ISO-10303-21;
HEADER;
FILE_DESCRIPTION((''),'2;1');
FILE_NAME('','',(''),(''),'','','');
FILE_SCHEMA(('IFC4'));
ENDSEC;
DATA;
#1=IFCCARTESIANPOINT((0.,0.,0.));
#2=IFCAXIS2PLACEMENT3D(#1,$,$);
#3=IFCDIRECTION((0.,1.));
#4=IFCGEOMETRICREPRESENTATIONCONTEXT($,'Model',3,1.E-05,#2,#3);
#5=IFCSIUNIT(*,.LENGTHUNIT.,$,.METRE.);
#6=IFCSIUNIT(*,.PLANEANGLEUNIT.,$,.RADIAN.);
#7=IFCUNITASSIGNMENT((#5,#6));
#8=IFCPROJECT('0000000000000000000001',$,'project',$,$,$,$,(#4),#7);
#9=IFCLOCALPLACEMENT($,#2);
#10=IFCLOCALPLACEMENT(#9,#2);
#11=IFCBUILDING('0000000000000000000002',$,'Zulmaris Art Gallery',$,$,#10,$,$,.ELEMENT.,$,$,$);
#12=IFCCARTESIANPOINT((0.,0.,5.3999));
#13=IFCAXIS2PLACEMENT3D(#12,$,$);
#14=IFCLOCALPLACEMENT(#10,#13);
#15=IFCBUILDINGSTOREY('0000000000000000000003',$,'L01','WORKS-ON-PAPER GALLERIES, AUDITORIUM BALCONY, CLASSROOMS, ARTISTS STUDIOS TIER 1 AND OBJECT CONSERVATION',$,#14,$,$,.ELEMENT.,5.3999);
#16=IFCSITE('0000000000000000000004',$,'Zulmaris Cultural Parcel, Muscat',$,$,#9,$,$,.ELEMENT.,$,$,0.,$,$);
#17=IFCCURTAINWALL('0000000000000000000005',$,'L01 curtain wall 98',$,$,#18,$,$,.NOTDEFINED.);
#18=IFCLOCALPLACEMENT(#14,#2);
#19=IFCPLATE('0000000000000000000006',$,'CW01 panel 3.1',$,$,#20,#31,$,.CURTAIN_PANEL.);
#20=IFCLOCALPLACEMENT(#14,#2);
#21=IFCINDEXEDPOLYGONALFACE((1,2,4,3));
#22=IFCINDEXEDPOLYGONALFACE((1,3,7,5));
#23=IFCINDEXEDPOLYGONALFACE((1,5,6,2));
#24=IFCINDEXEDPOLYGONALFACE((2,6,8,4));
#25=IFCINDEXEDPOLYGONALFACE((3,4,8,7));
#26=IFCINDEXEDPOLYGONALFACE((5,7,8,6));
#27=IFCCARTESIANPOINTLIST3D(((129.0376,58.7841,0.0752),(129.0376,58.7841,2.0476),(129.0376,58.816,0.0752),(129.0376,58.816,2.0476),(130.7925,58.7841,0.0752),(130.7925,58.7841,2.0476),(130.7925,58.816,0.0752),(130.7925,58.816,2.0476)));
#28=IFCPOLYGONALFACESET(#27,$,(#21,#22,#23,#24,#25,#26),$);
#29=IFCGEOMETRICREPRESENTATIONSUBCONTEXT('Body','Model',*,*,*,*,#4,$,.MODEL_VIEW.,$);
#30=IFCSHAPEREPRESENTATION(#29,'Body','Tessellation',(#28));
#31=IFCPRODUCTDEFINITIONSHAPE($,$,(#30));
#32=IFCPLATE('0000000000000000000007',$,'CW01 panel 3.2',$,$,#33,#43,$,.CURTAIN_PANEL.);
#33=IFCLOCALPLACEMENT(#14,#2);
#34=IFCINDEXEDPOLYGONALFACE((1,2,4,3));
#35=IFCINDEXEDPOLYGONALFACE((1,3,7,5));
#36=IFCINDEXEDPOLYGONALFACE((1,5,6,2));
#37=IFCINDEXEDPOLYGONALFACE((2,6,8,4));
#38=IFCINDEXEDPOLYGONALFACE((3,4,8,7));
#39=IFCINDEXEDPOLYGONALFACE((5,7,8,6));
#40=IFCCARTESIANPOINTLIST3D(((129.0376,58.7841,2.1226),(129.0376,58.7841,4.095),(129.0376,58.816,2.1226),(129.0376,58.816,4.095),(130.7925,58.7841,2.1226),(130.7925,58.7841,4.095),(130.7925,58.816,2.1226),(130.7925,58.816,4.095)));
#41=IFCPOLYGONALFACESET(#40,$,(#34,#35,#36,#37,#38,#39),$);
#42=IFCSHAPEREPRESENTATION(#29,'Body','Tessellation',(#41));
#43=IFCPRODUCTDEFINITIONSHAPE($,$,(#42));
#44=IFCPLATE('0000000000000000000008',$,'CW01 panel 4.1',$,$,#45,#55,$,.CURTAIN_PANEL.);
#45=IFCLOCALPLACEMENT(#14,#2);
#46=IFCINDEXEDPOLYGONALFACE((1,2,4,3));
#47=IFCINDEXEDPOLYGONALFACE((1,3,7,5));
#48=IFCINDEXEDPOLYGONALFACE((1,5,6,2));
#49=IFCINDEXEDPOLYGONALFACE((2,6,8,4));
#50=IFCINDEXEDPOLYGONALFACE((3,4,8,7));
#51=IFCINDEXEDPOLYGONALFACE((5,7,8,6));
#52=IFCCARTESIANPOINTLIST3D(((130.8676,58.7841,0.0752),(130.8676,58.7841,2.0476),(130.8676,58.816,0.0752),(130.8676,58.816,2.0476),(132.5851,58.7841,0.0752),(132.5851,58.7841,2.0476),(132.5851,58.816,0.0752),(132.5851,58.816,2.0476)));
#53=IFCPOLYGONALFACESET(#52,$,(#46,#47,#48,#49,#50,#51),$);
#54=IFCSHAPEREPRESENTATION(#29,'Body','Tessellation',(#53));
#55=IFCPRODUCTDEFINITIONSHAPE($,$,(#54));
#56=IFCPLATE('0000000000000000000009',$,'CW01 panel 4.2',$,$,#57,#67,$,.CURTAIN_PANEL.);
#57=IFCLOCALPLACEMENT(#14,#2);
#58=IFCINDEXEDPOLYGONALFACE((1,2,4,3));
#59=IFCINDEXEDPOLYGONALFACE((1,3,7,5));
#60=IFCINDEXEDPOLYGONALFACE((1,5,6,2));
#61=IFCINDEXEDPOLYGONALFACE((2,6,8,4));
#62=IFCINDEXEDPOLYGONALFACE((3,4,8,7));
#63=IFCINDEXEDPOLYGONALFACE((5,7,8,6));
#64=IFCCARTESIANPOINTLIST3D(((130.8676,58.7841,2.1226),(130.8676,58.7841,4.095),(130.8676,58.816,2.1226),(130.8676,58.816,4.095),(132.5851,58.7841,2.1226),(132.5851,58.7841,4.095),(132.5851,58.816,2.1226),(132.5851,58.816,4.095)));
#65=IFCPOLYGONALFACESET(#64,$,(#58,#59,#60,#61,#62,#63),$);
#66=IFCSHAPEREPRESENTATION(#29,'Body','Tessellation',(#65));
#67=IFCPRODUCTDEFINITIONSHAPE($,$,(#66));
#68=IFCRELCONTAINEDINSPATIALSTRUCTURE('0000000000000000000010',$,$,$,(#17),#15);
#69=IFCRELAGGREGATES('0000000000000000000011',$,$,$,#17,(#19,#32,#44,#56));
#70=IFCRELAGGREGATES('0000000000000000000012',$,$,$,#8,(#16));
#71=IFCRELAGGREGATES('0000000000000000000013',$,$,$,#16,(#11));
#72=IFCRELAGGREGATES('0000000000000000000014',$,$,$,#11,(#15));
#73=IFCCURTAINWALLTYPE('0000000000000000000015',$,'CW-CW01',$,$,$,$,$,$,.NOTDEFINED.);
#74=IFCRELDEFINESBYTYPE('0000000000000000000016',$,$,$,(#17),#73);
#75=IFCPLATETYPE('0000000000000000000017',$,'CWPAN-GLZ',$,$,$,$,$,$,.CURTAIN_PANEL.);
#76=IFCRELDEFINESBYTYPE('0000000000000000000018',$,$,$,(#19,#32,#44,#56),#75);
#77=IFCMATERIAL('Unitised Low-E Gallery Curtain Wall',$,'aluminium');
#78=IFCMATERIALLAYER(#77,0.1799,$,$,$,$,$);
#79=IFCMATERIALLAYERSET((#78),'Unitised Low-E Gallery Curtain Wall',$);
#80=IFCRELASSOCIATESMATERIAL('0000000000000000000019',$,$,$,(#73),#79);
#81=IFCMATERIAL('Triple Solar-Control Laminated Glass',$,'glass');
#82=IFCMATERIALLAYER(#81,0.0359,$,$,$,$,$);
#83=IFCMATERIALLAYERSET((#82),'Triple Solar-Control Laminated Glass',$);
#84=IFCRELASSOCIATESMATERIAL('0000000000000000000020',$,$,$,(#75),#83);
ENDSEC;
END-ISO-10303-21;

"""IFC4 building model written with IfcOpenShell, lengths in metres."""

from ifc_helpers import new_model, si_unit, direction, frame, origin, origin_2d, place, context, subcontext, project, spatial, rectangle, extrude, material, layer, layer_set, type_object, element, aggregate, save


model = new_model("IFC4")

# Units and contexts
model_context = context("Model", 3, precision=1e-05, world=origin(), true_north=direction((0.0, 1.0)))
body_context = subcontext(model_context, "Body", "Model", "MODEL_VIEW")
ifc_project = project(units=[si_unit("LENGTHUNIT", "METRE"), si_unit("PLANEANGLEUNIT", "RADIAN")], contexts=[model_context])

# Site, building, storey
site_placement = place(None, origin())
site = spatial("IfcSite", under=ifc_project, at=site_placement, Name="Zulmaris Cultural Parcel, Muscat", CompositionType="ELEMENT", RefElevation=0.0)
building_placement = place(site_placement, origin())
building = spatial("IfcBuilding", under=site, at=building_placement, Name="Zulmaris Art Gallery", CompositionType="ELEMENT")
storey_placement = place(building_placement, frame((0.0, 0.0, 5.3999)))
storey = spatial("IfcBuildingStorey", under=building, at=storey_placement, Name="L01", Description="WORKS-ON-PAPER GALLERIES, AUDITORIUM BALCONY, CLASSROOMS, ARTISTS STUDIOS TIER 1 AND OBJECT CONSERVATION", CompositionType="ELEMENT", Elevation=5.3999)

# Curtain wall
ifc_material_1 = material(Name="Unitised Low-E Gallery Curtain Wall", Category="aluminium")
ifc_layer_1 = layer(ifc_material_1, 0.1799)
ifc_layer_set_1 = layer_set([ifc_layer_1], Name="Unitised Low-E Gallery Curtain Wall")
curtain_wall_type = type_object("IfcCurtainWallType", Name="CW-CW01", PredefinedType="NOTDEFINED", material=ifc_layer_set_1)
curtain_wall_1_placement = place(storey_placement, origin())
curtain_wall_1 = element("IfcCurtainWall", 1, at=curtain_wall_1_placement, inside=storey, type_object=curtain_wall_type, Name="L01 curtain wall 98", PredefinedType="NOTDEFINED")

# Plates
ifc_material_2 = material(Name="Triple Solar-Control Laminated Glass", Category="glass")
ifc_layer_2 = layer(ifc_material_2, 0.0359)
ifc_layer_set_2 = layer_set([ifc_layer_2], Name="Triple Solar-Control Laminated Glass")
plate_type = type_object("IfcPlateType", Name="CWPAN-GLZ", PredefinedType="CURTAIN_PANEL", material=ifc_layer_set_2)
plate_1_placement = place(storey_placement, frame((129.915, 58.8, 0.0752), z_axis=(0.0, 0.0, 1.0), x_axis=(1.0, 0.0, 0.0)))
plate_1 = element("IfcPlate", 2, at=plate_1_placement, type_object=plate_type, Name="CW01 panel 3.1", PredefinedType="CURTAIN_PANEL", context=body_context, shape_type="SweptSolid", body=[
    extrude(rectangle(XDim=1.7549, YDim=0.032, at=origin_2d()), origin(), (0.0, 0.0, 1.0), 1.9724),
])
plate_2_placement = place(storey_placement, frame((129.915, 58.8, 2.1226), z_axis=(0.0, 0.0, 1.0), x_axis=(1.0, 0.0, 0.0)))
plate_2 = element("IfcPlate", 3, at=plate_2_placement, type_object=plate_type, Name="CW01 panel 3.2", PredefinedType="CURTAIN_PANEL", context=body_context, shape_type="SweptSolid", body=[
    extrude(rectangle(XDim=1.7549, YDim=0.032, at=origin_2d()), origin(), (0.0, 0.0, 1.0), 1.9724),
])
plate_3_placement = place(storey_placement, frame((131.7263, 58.8, 0.0752), z_axis=(0.0, 0.0, 1.0), x_axis=(1.0, 0.0, 0.0)))
plate_3 = element("IfcPlate", 4, at=plate_3_placement, type_object=plate_type, Name="CW01 panel 4.1", PredefinedType="CURTAIN_PANEL", context=body_context, shape_type="SweptSolid", body=[
    extrude(rectangle(XDim=1.7175, YDim=0.032, at=origin_2d()), origin(), (0.0, 0.0, 1.0), 1.9724),
])
plate_4_placement = place(storey_placement, frame((131.7263, 58.8, 2.1226), z_axis=(0.0, 0.0, 1.0), x_axis=(1.0, 0.0, 0.0)))
plate_4 = element("IfcPlate", 5, at=plate_4_placement, type_object=plate_type, Name="CW01 panel 4.2", PredefinedType="CURTAIN_PANEL", context=body_context, shape_type="SweptSolid", body=[
    extrude(rectangle(XDim=1.7175, YDim=0.032, at=origin_2d()), origin(), (0.0, 0.0, 1.0), 1.9724),
])
aggregate(curtain_wall_1, [plate_1, plate_2, plate_3, plate_4])

save(model, "model.ifc")
